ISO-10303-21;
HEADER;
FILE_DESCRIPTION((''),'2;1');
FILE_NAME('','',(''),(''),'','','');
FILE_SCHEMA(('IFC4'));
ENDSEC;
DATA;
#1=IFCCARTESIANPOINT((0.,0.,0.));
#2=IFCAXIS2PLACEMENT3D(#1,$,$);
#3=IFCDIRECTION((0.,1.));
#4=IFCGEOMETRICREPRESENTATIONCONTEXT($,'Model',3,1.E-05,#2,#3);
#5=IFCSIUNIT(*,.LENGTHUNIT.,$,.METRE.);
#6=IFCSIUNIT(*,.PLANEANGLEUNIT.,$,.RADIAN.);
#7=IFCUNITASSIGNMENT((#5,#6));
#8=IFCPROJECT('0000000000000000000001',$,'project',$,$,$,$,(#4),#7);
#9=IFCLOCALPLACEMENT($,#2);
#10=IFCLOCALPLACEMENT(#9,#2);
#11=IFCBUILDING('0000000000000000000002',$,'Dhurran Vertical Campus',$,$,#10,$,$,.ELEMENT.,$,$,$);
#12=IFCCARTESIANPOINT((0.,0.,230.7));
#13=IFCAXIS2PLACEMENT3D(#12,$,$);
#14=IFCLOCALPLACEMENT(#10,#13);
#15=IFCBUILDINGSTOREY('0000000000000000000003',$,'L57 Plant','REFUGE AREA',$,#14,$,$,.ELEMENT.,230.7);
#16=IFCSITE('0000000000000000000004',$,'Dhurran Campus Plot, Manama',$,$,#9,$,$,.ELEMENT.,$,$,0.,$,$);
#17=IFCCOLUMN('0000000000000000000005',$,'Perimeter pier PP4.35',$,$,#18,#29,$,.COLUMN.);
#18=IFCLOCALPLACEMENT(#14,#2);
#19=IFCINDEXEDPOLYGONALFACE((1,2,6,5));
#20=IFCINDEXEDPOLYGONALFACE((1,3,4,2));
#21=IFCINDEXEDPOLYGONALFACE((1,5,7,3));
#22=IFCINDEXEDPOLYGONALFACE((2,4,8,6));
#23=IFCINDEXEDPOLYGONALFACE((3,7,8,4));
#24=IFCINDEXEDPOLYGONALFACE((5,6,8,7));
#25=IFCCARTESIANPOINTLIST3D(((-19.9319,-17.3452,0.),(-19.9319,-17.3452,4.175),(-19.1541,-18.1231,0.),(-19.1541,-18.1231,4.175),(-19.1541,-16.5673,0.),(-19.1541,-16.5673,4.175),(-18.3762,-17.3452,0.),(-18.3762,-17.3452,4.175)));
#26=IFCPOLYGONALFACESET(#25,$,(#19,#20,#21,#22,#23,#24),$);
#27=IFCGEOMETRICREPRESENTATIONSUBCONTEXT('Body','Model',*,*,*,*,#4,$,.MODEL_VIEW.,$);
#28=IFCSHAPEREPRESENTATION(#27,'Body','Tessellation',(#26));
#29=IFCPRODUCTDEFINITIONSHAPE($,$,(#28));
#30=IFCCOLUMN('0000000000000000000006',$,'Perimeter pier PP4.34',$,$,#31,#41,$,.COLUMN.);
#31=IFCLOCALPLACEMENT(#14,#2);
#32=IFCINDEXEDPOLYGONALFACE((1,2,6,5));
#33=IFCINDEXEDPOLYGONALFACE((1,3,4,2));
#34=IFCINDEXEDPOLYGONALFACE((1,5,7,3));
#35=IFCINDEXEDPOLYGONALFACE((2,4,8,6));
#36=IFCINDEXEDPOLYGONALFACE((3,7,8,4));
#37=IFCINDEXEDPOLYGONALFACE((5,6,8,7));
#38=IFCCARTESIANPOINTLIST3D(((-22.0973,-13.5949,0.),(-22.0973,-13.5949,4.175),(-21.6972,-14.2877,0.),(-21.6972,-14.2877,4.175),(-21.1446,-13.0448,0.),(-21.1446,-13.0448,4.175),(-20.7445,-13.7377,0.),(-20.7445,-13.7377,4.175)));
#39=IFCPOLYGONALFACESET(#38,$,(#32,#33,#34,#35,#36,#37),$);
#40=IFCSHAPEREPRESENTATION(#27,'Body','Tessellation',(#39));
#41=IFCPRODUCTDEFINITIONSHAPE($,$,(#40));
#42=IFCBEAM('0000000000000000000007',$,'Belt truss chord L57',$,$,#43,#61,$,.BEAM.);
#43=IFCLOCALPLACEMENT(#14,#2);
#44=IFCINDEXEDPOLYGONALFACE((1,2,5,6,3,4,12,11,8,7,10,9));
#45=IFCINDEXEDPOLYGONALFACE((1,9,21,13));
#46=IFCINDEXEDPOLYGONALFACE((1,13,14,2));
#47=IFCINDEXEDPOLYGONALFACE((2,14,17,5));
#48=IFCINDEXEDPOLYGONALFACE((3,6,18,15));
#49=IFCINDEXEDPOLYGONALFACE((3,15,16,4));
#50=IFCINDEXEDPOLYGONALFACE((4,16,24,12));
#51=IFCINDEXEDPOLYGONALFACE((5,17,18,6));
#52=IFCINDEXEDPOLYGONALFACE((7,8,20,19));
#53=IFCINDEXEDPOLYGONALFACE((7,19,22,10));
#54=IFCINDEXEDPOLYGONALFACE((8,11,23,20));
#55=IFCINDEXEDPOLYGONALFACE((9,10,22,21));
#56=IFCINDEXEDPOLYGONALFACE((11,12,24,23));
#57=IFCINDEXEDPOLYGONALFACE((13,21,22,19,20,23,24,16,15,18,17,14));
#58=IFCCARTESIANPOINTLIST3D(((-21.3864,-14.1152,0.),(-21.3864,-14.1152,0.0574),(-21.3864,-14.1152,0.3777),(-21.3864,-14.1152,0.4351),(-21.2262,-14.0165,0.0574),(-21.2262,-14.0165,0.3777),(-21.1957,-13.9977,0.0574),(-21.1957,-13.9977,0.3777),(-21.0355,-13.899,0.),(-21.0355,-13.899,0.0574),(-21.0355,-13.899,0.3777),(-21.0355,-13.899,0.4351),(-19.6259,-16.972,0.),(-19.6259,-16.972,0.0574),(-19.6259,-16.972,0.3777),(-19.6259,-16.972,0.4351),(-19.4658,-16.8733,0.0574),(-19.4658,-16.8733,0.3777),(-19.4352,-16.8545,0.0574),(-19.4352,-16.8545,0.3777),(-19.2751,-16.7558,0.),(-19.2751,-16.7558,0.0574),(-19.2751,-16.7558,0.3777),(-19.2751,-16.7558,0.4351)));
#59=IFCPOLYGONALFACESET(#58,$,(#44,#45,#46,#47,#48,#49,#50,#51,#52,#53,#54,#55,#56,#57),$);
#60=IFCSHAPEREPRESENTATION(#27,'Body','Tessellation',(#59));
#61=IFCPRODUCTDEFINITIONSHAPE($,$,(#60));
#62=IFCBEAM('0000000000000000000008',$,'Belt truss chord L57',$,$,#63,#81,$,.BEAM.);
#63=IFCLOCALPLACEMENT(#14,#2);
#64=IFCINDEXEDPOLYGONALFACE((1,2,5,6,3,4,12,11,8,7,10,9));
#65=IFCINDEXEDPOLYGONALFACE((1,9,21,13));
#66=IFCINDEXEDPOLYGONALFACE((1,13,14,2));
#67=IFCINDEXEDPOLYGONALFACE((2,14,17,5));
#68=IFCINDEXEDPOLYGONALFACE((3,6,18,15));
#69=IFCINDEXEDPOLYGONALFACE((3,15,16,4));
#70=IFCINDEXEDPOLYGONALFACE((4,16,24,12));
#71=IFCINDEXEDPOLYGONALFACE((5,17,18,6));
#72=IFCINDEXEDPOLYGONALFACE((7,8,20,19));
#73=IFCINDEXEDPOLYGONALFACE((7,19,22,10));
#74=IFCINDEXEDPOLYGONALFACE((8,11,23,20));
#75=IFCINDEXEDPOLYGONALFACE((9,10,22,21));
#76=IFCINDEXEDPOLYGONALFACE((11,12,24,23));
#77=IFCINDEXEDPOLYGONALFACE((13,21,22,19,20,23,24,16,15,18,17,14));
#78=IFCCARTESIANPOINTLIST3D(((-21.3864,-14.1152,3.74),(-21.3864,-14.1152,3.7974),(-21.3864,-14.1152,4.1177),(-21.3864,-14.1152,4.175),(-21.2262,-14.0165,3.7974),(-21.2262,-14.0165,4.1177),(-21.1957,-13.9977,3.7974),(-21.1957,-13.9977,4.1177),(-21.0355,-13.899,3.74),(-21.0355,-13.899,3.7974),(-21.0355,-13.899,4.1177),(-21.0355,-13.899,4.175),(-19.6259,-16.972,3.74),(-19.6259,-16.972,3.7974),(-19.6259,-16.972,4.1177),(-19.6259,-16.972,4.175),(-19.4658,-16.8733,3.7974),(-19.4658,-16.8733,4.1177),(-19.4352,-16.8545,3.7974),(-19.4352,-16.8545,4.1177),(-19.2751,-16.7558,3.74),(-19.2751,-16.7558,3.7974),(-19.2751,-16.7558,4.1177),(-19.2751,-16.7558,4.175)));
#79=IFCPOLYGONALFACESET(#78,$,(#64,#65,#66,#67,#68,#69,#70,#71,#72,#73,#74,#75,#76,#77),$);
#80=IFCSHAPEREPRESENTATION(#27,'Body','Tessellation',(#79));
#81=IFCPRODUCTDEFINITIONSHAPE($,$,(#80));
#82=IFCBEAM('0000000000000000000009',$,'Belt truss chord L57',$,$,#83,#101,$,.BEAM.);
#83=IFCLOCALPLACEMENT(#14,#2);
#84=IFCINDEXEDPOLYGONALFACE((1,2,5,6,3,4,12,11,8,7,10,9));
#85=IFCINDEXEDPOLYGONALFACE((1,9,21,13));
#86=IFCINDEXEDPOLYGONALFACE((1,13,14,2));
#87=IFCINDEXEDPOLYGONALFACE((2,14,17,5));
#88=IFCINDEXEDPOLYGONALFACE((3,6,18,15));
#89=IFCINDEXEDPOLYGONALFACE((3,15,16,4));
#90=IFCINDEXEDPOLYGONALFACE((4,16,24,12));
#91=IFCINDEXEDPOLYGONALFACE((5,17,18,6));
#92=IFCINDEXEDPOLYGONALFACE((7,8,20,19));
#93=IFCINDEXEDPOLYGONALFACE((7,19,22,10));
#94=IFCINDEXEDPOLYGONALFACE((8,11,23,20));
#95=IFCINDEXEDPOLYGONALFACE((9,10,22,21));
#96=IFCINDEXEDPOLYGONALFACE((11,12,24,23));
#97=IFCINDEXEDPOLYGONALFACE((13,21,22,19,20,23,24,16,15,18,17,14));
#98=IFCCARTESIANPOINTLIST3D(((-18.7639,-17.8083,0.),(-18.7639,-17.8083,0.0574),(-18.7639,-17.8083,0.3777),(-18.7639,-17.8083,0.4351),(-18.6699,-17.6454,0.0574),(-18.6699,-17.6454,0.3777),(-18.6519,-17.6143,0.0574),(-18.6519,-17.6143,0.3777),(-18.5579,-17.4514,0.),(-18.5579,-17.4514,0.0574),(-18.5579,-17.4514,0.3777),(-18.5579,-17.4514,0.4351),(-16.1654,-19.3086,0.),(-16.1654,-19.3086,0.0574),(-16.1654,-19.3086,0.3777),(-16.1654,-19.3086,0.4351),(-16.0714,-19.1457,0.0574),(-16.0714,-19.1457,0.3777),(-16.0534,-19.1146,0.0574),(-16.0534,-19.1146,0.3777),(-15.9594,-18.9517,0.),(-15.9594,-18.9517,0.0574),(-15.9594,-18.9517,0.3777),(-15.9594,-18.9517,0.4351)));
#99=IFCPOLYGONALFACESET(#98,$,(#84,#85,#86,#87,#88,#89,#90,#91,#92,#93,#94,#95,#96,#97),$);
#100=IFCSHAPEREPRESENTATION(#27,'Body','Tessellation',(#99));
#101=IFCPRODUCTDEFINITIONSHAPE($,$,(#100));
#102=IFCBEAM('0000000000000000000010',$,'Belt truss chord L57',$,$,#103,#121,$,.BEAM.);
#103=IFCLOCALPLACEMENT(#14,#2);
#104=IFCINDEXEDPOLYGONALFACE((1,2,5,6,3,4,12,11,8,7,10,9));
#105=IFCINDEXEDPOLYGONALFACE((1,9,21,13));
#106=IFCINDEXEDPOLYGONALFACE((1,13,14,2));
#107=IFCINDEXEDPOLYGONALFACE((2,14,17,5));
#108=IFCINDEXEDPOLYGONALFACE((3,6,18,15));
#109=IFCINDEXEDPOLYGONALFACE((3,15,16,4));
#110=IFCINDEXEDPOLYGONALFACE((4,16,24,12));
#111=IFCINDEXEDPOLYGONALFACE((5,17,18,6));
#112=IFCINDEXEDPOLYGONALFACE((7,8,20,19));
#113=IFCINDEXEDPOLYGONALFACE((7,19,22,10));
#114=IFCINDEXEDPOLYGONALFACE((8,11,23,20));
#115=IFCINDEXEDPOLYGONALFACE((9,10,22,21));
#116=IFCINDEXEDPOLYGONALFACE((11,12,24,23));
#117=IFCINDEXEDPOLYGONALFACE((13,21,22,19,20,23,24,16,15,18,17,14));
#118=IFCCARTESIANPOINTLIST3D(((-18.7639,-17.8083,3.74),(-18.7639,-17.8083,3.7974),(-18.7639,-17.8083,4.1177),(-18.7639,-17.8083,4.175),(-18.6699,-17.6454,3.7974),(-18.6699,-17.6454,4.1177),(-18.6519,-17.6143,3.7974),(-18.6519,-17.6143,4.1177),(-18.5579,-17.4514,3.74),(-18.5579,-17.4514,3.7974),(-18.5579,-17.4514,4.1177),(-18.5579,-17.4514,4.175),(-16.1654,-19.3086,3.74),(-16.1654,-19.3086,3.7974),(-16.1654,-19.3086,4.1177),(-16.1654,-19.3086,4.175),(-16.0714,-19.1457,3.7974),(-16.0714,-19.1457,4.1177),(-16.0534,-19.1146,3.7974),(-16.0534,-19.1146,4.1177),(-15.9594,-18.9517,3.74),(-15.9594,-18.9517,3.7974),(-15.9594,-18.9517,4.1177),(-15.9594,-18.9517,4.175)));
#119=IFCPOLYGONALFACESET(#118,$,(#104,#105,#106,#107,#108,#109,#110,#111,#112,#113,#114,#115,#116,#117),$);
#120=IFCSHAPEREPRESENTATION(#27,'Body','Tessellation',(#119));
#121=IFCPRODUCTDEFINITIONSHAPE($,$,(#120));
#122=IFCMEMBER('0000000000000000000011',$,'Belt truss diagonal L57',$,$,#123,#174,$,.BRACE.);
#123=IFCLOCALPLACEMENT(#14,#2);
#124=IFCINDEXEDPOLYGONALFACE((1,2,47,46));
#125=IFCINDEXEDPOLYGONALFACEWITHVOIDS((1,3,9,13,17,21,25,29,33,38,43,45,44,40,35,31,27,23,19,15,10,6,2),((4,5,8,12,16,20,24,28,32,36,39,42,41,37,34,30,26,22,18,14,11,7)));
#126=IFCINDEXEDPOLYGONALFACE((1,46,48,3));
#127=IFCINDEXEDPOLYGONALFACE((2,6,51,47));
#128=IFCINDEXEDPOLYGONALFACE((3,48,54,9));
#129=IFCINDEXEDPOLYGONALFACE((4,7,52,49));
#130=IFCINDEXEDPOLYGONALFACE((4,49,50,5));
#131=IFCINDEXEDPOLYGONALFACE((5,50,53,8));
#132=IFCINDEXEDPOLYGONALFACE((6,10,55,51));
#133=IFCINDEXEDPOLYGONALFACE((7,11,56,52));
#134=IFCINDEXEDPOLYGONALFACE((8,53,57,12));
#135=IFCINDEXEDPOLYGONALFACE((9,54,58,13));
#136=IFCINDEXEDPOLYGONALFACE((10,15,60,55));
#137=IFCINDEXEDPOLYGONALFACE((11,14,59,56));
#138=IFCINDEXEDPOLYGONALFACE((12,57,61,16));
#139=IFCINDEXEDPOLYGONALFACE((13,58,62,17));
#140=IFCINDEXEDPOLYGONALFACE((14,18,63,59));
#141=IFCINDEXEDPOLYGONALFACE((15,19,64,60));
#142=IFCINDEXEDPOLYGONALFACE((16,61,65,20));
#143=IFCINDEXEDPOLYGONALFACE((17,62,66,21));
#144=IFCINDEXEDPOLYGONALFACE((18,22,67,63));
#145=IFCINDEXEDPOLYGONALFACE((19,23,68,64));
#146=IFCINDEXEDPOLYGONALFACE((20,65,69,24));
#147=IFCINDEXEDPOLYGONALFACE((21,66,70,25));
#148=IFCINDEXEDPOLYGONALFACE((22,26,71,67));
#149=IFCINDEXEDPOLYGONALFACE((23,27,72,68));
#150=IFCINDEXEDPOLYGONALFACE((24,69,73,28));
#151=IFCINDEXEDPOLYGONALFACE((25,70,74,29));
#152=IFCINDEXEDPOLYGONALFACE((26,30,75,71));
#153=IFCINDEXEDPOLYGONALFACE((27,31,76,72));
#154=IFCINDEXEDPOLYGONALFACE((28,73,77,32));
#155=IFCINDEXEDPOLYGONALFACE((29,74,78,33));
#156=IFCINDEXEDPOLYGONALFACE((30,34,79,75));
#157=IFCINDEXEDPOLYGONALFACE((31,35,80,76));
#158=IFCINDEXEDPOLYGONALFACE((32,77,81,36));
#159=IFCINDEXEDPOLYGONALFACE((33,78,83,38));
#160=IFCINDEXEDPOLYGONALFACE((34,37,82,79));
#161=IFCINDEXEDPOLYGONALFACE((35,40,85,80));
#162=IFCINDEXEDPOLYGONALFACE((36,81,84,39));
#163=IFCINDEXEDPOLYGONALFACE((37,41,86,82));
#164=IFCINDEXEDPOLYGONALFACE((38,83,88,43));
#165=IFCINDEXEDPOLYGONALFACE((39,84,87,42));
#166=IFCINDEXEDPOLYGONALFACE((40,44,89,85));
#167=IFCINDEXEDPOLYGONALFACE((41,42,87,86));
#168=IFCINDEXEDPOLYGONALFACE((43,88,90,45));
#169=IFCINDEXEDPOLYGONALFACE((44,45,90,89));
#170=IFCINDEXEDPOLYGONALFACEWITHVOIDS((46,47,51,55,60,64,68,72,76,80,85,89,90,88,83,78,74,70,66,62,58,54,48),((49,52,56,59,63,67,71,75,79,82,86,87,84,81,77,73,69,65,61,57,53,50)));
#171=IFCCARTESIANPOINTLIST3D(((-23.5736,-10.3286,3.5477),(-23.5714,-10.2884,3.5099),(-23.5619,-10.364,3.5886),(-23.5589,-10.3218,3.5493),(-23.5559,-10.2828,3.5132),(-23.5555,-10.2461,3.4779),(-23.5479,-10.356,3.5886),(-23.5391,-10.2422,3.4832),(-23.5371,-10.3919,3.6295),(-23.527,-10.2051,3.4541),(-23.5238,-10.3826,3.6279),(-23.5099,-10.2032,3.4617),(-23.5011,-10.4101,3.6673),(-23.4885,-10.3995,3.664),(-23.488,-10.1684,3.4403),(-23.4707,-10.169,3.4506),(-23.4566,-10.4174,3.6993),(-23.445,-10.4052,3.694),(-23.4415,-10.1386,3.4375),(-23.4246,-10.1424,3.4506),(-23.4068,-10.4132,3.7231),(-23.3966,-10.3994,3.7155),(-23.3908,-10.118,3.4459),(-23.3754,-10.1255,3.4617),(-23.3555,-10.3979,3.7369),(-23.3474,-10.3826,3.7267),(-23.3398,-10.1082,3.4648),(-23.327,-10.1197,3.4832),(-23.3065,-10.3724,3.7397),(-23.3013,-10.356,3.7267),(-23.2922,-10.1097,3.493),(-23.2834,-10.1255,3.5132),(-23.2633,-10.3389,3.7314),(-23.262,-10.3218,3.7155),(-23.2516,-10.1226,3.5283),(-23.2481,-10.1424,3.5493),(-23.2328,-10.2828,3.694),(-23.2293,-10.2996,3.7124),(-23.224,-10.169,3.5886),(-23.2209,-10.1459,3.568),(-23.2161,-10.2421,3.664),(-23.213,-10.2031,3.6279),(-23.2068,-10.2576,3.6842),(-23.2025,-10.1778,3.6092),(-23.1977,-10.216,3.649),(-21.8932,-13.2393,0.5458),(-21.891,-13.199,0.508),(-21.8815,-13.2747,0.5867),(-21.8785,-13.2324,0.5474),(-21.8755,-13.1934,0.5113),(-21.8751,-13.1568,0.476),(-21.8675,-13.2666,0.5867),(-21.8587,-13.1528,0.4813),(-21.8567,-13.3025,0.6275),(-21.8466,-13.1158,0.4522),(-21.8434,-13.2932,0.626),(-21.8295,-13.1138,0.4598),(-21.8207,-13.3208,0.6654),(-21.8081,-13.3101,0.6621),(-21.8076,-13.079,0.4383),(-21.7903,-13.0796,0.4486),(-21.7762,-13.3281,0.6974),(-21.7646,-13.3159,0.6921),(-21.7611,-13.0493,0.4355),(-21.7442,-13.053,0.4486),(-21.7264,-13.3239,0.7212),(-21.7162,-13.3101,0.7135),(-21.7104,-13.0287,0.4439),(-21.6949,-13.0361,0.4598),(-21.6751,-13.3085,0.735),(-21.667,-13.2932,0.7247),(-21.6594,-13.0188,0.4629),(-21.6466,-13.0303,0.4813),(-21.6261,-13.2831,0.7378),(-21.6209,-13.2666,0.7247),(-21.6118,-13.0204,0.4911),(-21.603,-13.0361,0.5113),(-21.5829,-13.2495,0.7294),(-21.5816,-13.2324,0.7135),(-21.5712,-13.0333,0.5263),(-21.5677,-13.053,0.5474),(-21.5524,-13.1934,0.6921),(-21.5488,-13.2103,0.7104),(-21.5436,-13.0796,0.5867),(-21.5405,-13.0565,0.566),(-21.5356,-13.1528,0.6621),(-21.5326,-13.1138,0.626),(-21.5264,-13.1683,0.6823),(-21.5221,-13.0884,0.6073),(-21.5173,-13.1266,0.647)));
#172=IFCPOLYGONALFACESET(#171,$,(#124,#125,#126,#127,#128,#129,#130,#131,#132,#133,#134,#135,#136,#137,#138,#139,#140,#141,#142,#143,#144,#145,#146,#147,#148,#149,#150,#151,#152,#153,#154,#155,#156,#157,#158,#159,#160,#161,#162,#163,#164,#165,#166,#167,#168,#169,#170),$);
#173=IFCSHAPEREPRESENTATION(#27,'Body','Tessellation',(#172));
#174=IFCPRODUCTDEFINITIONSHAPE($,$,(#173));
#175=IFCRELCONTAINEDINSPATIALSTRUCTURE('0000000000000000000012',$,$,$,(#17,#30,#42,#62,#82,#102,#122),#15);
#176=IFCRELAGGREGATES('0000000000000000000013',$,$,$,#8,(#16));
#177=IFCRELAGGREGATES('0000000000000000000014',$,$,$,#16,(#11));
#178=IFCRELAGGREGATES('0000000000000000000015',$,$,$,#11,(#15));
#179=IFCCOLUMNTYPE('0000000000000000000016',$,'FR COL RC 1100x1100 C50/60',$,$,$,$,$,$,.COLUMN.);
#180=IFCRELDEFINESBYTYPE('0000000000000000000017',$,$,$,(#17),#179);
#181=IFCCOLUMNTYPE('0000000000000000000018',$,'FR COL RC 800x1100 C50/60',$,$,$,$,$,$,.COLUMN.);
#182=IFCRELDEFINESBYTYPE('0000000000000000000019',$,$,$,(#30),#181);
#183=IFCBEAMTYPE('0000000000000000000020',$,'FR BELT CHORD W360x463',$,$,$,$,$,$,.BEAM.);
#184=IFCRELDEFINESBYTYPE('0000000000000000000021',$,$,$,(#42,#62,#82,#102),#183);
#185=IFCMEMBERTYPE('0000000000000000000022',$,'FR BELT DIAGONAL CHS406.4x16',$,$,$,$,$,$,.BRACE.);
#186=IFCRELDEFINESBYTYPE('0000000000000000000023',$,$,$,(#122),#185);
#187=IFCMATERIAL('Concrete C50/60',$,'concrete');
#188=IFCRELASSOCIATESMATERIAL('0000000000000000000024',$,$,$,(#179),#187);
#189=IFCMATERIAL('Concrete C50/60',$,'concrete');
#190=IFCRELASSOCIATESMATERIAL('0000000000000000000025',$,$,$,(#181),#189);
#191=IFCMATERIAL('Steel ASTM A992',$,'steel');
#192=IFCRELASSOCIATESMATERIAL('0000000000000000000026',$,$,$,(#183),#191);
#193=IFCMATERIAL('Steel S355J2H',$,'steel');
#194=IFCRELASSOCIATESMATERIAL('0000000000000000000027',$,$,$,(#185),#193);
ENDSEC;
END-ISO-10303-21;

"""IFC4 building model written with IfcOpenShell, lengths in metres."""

from ifc_helpers import new_model, si_unit, direction, frame, origin, origin_2d, place, context, subcontext, project, spatial, rectangle, hollow_circle, i_section, extrude, material, material_profile, profile_set, type_object, element, save


model = new_model("IFC4")

# Units and contexts
model_context = context("Model", 3, precision=1e-05, world=origin(), true_north=direction((0.0, 1.0)))
body_context = subcontext(model_context, "Body", "Model", "MODEL_VIEW")
ifc_project = project(units=[si_unit("LENGTHUNIT", "METRE"), si_unit("PLANEANGLEUNIT", "RADIAN")], contexts=[model_context])

# Site, building, storey
site_placement = place(None, origin())
site = spatial("IfcSite", under=ifc_project, at=site_placement, Name="Dhurran Campus Plot, Manama", CompositionType="ELEMENT", RefElevation=0.0)
building_placement = place(site_placement, origin())
building = spatial("IfcBuilding", under=site, at=building_placement, Name="Dhurran Vertical Campus", CompositionType="ELEMENT")
storey_placement = place(building_placement, frame((0.0, 0.0, 230.7)))
storey = spatial("IfcBuildingStorey", under=building, at=storey_placement, Name="L57 Plant", Description="REFUGE AREA", CompositionType="ELEMENT", Elevation=230.7)

# Columns
ifc_material_1 = material(Name="Concrete C50/60", Category="concrete")
ifc_material_profile_1 = material_profile(ifc_material_1, rectangle(XDim=1.1001, YDim=1.1001, at=origin_2d()), Name="RC 1100x1100")
ifc_profile_set_1 = profile_set([ifc_material_profile_1], Name="Concrete C50/60")
column_type_1 = type_object("IfcColumnType", Name="FR COL RC 1100x1100 C50/60", PredefinedType="COLUMN", material=ifc_profile_set_1)
column_1_placement = place(storey_placement, frame((-19.1541, -17.3452, 0.0), z_axis=(0.0, 0.0, 1.0), x_axis=(0.707107, -0.707107, 0.0)))
element("IfcColumn", 1, at=column_1_placement, inside=storey, type_object=column_type_1, Name="Perimeter pier PP4.35", PredefinedType="COLUMN", context=body_context, shape_type="SweptSolid", body=[
    extrude(rectangle(XDim=1.1001, YDim=1.1001, at=origin_2d()), origin(), (0.0, 0.0, 1.0), 4.175),
])
ifc_material_2 = material(Name="Concrete C50/60", Category="concrete")
ifc_material_profile_2 = material_profile(ifc_material_2, rectangle(XDim=0.8, YDim=1.1001, at=origin_2d()), Name="RC 800x1100")
ifc_profile_set_2 = profile_set([ifc_material_profile_2], Name="Concrete C50/60")
column_type_2 = type_object("IfcColumnType", Name="FR COL RC 800x1100 C50/60", PredefinedType="COLUMN", material=ifc_profile_set_2)
column_2_placement = place(storey_placement, frame((-21.4209, -13.6663, 0.0), z_axis=(0.0, 0.0, 1.0), x_axis=(0.5, -0.866025, 0.0)))
element("IfcColumn", 2, at=column_2_placement, inside=storey, type_object=column_type_2, Name="Perimeter pier PP4.34", PredefinedType="COLUMN", context=body_context, shape_type="SweptSolid", body=[
    extrude(rectangle(XDim=0.8, YDim=1.1001, at=origin_2d()), origin(), (0.0, 0.0, 1.0), 4.175),
])

# Beams
ifc_material_3 = material(Name="Steel ASTM A992", Category="steel")
ifc_material_profile_3 = material_profile(ifc_material_3, i_section(OverallWidth=0.4121, OverallDepth=0.4351, WebThickness=0.0359, FlangeThickness=0.0574, at=origin_2d()), Name="W360x463")
ifc_profile_set_3 = profile_set([ifc_material_profile_3], Name="Steel ASTM A992")
beam_type = type_object("IfcBeamType", Name="FR BELT CHORD W360x463", PredefinedType="BEAM", material=ifc_profile_set_3)
for number, where, z_axis, x_axis, name in (
    (3, (-21.2109, -14.0071, 0.2175), (0.524613, -0.851341, 0.0), (0.851341, 0.524613, 0.0), "Belt truss chord L57"),
    (4, (-21.2109, -14.0071, 3.9575), (0.524613, -0.851341, 0.0), (0.851341, 0.524613, 0.0), "Belt truss chord L57"),
):
    element("IfcBeam", number, at=place(storey_placement, frame(where, z_axis=z_axis, x_axis=x_axis)), inside=storey, type_object=beam_type, Name=name, PredefinedType="BEAM", context=body_context, shape_type="SweptSolid", body=[
        extrude(i_section(OverallWidth=0.4121, OverallDepth=0.4351, WebThickness=0.0359, FlangeThickness=0.0574, at=origin_2d()), origin(), (0.0, 0.0, 1.0), 3.3557),
    ])
for number, where, z_axis, x_axis, name in (
    (5, (-18.6609, -17.6299, 0.2175), (0.866016, -0.500016, 0.0), (0.500016, 0.866016, 0.0), "Belt truss chord L57"),
    (6, (-18.6609, -17.6299, 3.9575), (0.866016, -0.500016, 0.0), (0.500016, 0.866016, 0.0), "Belt truss chord L57"),
):
    element("IfcBeam", number, at=place(storey_placement, frame(where, z_axis=z_axis, x_axis=x_axis)), inside=storey, type_object=beam_type, Name=name, PredefinedType="BEAM", context=body_context, shape_type="SweptSolid", body=[
        extrude(i_section(OverallWidth=0.4121, OverallDepth=0.4351, WebThickness=0.0359, FlangeThickness=0.0574, at=origin_2d()), origin(), (0.0, 0.0, 1.0), 3.0005),
    ])

# Member
ifc_material_4 = material(Name="Steel S355J2H", Category="steel")
ifc_material_profile_4 = material_profile(ifc_material_4, hollow_circle(Radius=0.2031, WallThickness=0.0161, at=origin_2d()), Name="CHS406.4x16")
ifc_profile_set_4 = profile_set([ifc_material_profile_4], Name="Steel S355J2H")
member_type = type_object("IfcMemberType", Name="FR BELT DIAGONAL CHS406.4x16", PredefinedType="BRACE", material=ifc_profile_set_4)
member_1_placement = place(storey_placement, frame((-21.7056, -13.1731, 0.5867), z_axis=(-0.372899, 0.645895, 0.666157), x_axis=(-0.866031, -0.499991, 0.0)))
element("IfcMember", 7, at=member_1_placement, inside=storey, type_object=member_type, Name="Belt truss diagonal L57", PredefinedType="BRACE", context=body_context, shape_type="SweptSolid", body=[
    extrude(hollow_circle(Radius=0.2031, WallThickness=0.0161, at=origin_2d()), origin(), (0.0, 0.0, 1.0), 4.5063),
])

save(model, "model.ifc")
